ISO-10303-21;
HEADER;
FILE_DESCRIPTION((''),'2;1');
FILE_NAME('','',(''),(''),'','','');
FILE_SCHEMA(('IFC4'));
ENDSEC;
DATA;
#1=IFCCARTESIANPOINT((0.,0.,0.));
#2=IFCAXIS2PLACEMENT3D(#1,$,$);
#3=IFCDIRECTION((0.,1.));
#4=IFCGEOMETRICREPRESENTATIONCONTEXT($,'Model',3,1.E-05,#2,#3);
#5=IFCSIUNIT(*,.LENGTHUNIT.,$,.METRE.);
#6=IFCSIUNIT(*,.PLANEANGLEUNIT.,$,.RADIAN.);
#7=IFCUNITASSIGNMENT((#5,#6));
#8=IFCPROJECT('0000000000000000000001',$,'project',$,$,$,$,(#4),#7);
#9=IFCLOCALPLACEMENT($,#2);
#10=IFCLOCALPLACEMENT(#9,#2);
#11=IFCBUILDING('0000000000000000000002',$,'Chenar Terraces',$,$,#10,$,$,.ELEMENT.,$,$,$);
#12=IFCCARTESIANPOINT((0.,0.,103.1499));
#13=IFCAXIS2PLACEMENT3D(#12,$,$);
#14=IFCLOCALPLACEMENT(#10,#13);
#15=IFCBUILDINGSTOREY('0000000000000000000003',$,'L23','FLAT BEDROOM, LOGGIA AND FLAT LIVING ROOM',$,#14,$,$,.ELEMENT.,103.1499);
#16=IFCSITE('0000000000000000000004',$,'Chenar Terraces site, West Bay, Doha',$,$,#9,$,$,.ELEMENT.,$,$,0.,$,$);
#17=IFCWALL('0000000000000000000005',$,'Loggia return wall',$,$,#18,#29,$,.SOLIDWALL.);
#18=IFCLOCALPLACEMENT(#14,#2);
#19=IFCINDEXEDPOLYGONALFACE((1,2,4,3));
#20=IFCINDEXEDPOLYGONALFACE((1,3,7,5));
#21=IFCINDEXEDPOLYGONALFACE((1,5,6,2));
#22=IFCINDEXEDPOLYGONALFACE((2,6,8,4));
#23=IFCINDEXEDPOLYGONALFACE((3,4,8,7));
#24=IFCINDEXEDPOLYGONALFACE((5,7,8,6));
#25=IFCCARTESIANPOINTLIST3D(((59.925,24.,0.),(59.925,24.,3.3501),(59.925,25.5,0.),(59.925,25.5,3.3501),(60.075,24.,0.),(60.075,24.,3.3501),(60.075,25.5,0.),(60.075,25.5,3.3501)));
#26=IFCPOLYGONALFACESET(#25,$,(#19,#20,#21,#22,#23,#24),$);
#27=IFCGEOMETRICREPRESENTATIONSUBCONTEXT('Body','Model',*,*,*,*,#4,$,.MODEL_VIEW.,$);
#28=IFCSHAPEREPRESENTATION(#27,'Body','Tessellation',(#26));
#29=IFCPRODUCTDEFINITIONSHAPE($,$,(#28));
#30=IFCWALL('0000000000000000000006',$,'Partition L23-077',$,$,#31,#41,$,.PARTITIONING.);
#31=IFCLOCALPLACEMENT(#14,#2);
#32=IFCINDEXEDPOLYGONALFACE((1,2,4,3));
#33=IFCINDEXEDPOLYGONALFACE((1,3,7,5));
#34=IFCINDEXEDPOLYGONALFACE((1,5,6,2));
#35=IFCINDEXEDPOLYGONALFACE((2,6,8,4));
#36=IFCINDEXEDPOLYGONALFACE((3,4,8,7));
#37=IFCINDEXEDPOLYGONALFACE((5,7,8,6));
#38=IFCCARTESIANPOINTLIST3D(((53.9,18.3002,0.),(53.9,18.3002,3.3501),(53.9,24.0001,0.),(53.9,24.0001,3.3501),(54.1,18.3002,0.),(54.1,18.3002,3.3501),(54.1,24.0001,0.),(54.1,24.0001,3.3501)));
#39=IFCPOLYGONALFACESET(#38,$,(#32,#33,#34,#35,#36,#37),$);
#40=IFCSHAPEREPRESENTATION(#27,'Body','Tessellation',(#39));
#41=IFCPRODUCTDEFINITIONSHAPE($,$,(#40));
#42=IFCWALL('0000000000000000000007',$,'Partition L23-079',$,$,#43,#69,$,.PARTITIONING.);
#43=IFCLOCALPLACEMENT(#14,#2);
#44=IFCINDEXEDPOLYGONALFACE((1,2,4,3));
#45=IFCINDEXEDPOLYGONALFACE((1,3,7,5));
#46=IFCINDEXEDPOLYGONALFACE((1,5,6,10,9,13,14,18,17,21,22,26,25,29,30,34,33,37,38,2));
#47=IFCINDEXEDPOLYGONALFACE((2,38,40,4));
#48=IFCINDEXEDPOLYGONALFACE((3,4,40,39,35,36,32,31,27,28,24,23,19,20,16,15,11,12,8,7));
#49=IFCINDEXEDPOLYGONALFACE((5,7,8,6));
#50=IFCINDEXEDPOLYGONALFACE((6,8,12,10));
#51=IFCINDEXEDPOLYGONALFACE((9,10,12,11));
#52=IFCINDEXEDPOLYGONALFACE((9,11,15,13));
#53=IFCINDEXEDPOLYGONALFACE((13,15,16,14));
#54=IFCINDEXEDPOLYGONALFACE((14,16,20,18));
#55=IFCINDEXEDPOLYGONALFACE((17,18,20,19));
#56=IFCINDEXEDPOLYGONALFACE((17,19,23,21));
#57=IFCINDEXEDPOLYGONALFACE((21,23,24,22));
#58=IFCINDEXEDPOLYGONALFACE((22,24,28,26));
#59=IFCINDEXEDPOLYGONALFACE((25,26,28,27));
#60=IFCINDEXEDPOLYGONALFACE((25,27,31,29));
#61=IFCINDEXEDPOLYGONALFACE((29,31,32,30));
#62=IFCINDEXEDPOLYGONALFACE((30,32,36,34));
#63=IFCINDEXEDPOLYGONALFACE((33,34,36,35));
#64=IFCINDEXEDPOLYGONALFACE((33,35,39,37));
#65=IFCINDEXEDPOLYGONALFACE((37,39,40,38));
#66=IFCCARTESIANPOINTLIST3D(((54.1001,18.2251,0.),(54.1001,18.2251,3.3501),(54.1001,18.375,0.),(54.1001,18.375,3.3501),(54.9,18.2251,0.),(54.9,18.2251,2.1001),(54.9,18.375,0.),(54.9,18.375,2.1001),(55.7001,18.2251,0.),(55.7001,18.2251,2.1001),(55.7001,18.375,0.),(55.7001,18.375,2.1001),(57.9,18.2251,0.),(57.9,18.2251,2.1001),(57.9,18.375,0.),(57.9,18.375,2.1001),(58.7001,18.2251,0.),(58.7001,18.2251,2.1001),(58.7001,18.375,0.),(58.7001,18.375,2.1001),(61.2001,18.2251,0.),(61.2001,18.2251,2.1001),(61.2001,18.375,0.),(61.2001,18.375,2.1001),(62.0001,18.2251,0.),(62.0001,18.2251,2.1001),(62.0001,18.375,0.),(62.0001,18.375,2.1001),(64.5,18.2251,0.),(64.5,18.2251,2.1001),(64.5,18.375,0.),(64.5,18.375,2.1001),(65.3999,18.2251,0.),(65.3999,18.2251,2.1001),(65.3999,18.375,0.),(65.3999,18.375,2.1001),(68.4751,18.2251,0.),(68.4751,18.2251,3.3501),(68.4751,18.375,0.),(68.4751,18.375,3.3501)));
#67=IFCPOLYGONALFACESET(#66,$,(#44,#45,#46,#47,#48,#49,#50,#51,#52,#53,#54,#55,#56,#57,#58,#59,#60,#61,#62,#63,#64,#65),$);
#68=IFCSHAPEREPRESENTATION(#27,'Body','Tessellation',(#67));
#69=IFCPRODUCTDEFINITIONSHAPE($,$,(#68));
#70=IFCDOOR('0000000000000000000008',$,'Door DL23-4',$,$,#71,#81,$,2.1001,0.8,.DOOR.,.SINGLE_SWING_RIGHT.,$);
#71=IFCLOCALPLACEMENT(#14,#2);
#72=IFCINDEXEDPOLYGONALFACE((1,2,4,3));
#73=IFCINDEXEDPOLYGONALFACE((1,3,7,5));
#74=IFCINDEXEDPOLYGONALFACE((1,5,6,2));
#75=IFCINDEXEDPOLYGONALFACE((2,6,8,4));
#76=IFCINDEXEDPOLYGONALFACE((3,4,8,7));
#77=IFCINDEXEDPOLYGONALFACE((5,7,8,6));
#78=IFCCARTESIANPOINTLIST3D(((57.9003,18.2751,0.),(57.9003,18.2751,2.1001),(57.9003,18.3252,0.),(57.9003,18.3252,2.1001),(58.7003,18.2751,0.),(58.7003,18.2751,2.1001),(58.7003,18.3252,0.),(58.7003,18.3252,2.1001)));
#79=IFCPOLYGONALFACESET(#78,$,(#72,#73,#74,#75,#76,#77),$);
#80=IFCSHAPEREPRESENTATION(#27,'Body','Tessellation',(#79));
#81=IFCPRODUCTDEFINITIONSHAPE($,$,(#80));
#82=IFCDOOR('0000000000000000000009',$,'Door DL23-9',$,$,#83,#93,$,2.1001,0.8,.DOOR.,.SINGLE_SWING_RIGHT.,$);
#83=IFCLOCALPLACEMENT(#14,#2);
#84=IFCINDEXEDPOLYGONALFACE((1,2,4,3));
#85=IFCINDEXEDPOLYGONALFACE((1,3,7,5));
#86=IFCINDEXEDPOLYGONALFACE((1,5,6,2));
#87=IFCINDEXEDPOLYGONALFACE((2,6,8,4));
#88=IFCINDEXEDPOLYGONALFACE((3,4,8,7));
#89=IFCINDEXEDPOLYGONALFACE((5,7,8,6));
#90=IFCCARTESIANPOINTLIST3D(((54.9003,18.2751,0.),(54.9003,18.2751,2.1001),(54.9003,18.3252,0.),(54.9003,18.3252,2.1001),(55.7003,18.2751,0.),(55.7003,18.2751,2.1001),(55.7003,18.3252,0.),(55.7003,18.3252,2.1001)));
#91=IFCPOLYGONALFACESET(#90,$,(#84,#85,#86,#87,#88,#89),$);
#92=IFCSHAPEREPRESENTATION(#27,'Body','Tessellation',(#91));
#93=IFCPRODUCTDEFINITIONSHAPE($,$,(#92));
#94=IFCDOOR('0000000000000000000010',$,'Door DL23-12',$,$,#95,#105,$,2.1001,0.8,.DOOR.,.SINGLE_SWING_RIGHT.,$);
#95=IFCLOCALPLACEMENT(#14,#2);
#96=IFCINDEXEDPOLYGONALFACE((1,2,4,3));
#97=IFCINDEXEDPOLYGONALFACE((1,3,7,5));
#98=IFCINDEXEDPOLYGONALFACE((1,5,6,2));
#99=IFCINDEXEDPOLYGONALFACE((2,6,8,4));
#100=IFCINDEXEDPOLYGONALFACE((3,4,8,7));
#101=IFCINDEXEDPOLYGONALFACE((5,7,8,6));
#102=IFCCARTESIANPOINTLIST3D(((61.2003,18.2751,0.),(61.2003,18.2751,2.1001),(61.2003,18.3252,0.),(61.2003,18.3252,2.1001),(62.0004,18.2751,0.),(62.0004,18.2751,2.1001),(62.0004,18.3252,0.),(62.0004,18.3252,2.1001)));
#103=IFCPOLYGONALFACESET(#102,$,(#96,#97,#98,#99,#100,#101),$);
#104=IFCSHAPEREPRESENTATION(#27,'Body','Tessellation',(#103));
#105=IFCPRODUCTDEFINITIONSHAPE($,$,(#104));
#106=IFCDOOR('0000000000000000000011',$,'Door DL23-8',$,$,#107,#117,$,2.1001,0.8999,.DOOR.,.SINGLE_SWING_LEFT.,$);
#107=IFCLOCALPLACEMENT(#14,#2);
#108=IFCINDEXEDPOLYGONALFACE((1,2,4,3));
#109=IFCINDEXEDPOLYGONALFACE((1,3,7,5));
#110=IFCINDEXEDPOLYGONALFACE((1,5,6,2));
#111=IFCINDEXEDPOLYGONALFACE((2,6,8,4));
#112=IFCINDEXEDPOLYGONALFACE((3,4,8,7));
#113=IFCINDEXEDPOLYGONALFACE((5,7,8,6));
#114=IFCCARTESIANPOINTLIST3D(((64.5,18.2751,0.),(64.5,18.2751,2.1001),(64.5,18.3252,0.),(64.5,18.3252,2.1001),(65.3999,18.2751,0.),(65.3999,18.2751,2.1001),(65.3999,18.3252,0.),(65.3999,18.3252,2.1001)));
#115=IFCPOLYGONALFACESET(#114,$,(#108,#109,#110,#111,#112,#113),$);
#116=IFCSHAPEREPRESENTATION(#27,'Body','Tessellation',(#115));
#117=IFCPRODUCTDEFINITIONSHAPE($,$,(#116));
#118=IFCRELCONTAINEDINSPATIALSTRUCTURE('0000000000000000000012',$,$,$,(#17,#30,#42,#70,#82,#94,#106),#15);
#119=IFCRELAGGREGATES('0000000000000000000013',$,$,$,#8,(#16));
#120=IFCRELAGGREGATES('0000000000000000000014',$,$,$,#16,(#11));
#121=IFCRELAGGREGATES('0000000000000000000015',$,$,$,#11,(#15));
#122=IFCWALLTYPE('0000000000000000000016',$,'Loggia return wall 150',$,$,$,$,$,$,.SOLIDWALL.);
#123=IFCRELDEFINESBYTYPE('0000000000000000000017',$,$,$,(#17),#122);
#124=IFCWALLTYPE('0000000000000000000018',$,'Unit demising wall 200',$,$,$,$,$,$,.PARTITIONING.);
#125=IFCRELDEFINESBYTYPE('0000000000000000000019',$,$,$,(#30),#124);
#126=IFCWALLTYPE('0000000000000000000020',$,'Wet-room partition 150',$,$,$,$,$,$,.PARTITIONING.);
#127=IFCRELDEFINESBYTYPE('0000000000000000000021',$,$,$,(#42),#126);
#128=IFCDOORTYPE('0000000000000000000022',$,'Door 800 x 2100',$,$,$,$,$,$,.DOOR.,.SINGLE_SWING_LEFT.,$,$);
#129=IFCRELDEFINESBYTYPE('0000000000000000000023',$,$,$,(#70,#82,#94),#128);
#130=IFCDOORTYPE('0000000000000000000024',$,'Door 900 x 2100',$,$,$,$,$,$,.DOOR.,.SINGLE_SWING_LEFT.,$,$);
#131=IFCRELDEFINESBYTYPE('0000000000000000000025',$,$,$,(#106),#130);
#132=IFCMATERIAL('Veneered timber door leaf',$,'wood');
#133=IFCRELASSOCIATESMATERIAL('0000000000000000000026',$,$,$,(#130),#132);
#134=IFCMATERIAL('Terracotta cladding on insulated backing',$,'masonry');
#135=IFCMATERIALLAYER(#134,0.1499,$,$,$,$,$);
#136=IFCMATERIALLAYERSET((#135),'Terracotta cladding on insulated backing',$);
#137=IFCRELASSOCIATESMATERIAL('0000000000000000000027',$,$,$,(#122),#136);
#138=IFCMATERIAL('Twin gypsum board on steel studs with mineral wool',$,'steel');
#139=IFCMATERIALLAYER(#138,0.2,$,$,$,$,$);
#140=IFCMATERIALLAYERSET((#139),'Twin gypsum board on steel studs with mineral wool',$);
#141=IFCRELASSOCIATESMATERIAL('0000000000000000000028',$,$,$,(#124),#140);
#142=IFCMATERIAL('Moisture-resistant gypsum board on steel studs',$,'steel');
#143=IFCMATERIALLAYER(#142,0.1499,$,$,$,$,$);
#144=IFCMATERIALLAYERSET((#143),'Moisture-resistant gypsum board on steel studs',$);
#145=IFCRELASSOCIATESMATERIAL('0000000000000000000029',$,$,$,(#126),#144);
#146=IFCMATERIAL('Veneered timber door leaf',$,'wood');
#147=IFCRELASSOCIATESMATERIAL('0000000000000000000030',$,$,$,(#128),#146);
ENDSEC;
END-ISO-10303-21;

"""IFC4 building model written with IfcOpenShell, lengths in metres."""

from ifc_helpers import new_model, si_unit, direction, frame, frame_2d, origin, place, context, subcontext, project, spatial, rectangle, extrude, material, layer, layer_set, type_object, element, fill, save


model = new_model("IFC4")

# Units and contexts
model_context = context("Model", 3, precision=1e-05, world=origin(), true_north=direction((0.0, 1.0)))
body_context = subcontext(model_context, "Body", "Model", "MODEL_VIEW")
ifc_project = project(units=[si_unit("LENGTHUNIT", "METRE"), si_unit("PLANEANGLEUNIT", "RADIAN")], contexts=[model_context])

# Site, building, storey
site_placement = place(None, origin())
site = spatial("IfcSite", under=ifc_project, at=site_placement, Name="Chenar Terraces site, West Bay, Doha", CompositionType="ELEMENT", RefElevation=0.0)
building_placement = place(site_placement, origin())
building = spatial("IfcBuilding", under=site, at=building_placement, Name="Chenar Terraces", CompositionType="ELEMENT")
storey_placement = place(building_placement, frame((0.0, 0.0, 103.1499)))
storey = spatial("IfcBuildingStorey", under=building, at=storey_placement, Name="L23", Description="FLAT BEDROOM, LOGGIA AND FLAT LIVING ROOM", CompositionType="ELEMENT", Elevation=103.1499)

# Shared definitions
ifc_material_1 = material(Name="Veneered timber door leaf", Category="wood")
door_type_1 = type_object("IfcDoorType", Name="Door 900 x 2100", OperationType="SINGLE_SWING_LEFT", PredefinedType="DOOR", material=ifc_material_1)

# Walls
ifc_material_2 = material(Name="Terracotta cladding on insulated backing", Category="masonry")
ifc_layer_1 = layer(ifc_material_2, 0.1499)
ifc_layer_set_1 = layer_set([ifc_layer_1], Name="Terracotta cladding on insulated backing")
wall_type_1 = type_object("IfcWallType", Name="Loggia return wall 150", PredefinedType="SOLIDWALL", material=ifc_layer_set_1)
wall_1_placement = place(storey_placement, frame((60.0, 25.5, 0.0), z_axis=(0.0, 0.0, 1.0), x_axis=(0.0, -1.0, 0.0)))
element("IfcWall", 1, at=wall_1_placement, inside=storey, type_object=wall_type_1, Name="Loggia return wall", PredefinedType="SOLIDWALL", context=body_context, shape_type="SweptSolid", body=[
    extrude(rectangle(XDim=1.5, YDim=0.1499, at=frame_2d((0.75, 0.0))), origin(), (0.0, 0.0, 1.0), 3.3501),
])
ifc_material_3 = material(Name="Twin gypsum board on steel studs with mineral wool", Category="steel")
ifc_layer_2 = layer(ifc_material_3, 0.2)
ifc_layer_set_2 = layer_set([ifc_layer_2], Name="Twin gypsum board on steel studs with mineral wool")
wall_type_2 = type_object("IfcWallType", Name="Unit demising wall 200", PredefinedType="PARTITIONING", material=ifc_layer_set_2)
wall_2_placement = place(storey_placement, frame((54.0, 18.3, 0.0), z_axis=(0.0, 0.0, 1.0), x_axis=(0.0, 1.0, 0.0)))
element("IfcWall", 2, at=wall_2_placement, inside=storey, type_object=wall_type_2, Name="Partition L23-077", PredefinedType="PARTITIONING", context=body_context, shape_type="SweptSolid", body=[
    extrude(rectangle(XDim=5.7, YDim=0.2, at=frame_2d((2.8501, 0.0))), origin(), (0.0, 0.0, 1.0), 3.3501),
])

# Wall, openings, doors
ifc_material_4 = material(Name="Moisture-resistant gypsum board on steel studs", Category="steel")
ifc_layer_3 = layer(ifc_material_4, 0.1499)
ifc_layer_set_3 = layer_set([ifc_layer_3], Name="Moisture-resistant gypsum board on steel studs")
wall_type_3 = type_object("IfcWallType", Name="Wet-room partition 150", PredefinedType="PARTITIONING", material=ifc_layer_set_3)
wall_3_placement = place(storey_placement, frame((54.1001, 18.3, 0.0), z_axis=(0.0, 0.0, 1.0), x_axis=(1.0, 0.0, 0.0)))
wall_3 = element("IfcWall", 3, at=wall_3_placement, inside=storey, type_object=wall_type_3, Name="Partition L23-079", PredefinedType="PARTITIONING", context=body_context, shape_type="SweptSolid", body=[
    extrude(rectangle(XDim=14.375, YDim=0.1499, at=frame_2d((7.1875, 0.0))), origin(), (0.0, 0.0, 1.0), 3.3501),
])
opening_1_placement = place(wall_3_placement, frame((3.8, 0.0, 0.0)))
opening_1 = element("IfcOpeningElement", 4, at=opening_1_placement, cuts=wall_3, PredefinedType="OPENING", context=body_context, shape_type="SweptSolid", body=[
    extrude(rectangle(XDim=0.8, YDim=2.1001, at=frame_2d((0.3999, 1.05))), frame((0.0, 0.085, 0.0), z_axis=(0.0, -1.0, 0.0), x_axis=(1.0, 0.0, 0.0)), (0.0, 0.0, 1.0), 0.1699),
])
opening_2_placement = place(wall_3_placement, frame((10.3999, 0.0, 0.0)))
opening_2 = element("IfcOpeningElement", 5, at=opening_2_placement, cuts=wall_3, PredefinedType="OPENING", context=body_context, shape_type="SweptSolid", body=[
    extrude(rectangle(XDim=0.8999, YDim=2.1001, at=frame_2d((0.45, 1.05))), frame((0.0, 0.085, 0.0), z_axis=(0.0, -1.0, 0.0), x_axis=(1.0, 0.0, 0.0)), (0.0, 0.0, 1.0), 0.1699),
])
opening_3_placement = place(wall_3_placement, frame((0.8, 0.0, 0.0)))
opening_3 = element("IfcOpeningElement", 6, at=opening_3_placement, cuts=wall_3, PredefinedType="OPENING", context=body_context, shape_type="SweptSolid", body=[
    extrude(rectangle(XDim=0.8, YDim=2.1001, at=frame_2d((0.3999, 1.05))), frame((0.0, 0.085, 0.0), z_axis=(0.0, -1.0, 0.0), x_axis=(1.0, 0.0, 0.0)), (0.0, 0.0, 1.0), 0.1699),
])
opening_4_placement = place(wall_3_placement, frame((7.1001, 0.0, 0.0)))
opening_4 = element("IfcOpeningElement", 7, at=opening_4_placement, cuts=wall_3, PredefinedType="OPENING", context=body_context, shape_type="SweptSolid", body=[
    extrude(rectangle(XDim=0.8, YDim=2.1001, at=frame_2d((0.3999, 1.05))), frame((0.0, 0.085, 0.0), z_axis=(0.0, -1.0, 0.0), x_axis=(1.0, 0.0, 0.0)), (0.0, 0.0, 1.0), 0.1699),
])
ifc_material_5 = material(Name="Veneered timber door leaf", Category="wood")
door_type_2 = type_object("IfcDoorType", Name="Door 800 x 2100", OperationType="SINGLE_SWING_LEFT", PredefinedType="DOOR", material=ifc_material_5)
door_1_placement = place(opening_1_placement, frame((0.8, 0.0, 0.0), z_axis=(0.0, 0.0, 1.0), x_axis=(-1.0, 0.0, 0.0)))
door_1 = element("IfcDoor", 8, at=door_1_placement, inside=storey, type_object=door_type_2, Name="Door DL23-4", OperationType="SINGLE_SWING_RIGHT", OverallHeight=2.1001, OverallWidth=0.8, PredefinedType="DOOR", context=body_context, shape_type="SweptSolid", body=[
    extrude(rectangle(XDim=0.8, YDim=2.1001, at=frame_2d((0.3999, 1.05))), frame((0.0, 0.0249, 0.0), z_axis=(0.0, -1.0, 0.0), x_axis=(1.0, 0.0, 0.0)), (0.0, 0.0, 1.0), 0.05),
])
fill(opening_1, door_1)
door_2_placement = place(opening_3_placement, frame((0.8, 0.0, 0.0), z_axis=(0.0, 0.0, 1.0), x_axis=(-1.0, 0.0, 0.0)))
door_2 = element("IfcDoor", 9, at=door_2_placement, inside=storey, type_object=door_type_2, Name="Door DL23-9", OperationType="SINGLE_SWING_RIGHT", OverallHeight=2.1001, OverallWidth=0.8, PredefinedType="DOOR", context=body_context, shape_type="SweptSolid", body=[
    extrude(rectangle(XDim=0.8, YDim=2.1001, at=frame_2d((0.3999, 1.05))), frame((0.0, 0.0249, 0.0), z_axis=(0.0, -1.0, 0.0), x_axis=(1.0, 0.0, 0.0)), (0.0, 0.0, 1.0), 0.05),
])
fill(opening_3, door_2)
door_3_placement = place(opening_4_placement, frame((0.8, 0.0, 0.0), z_axis=(0.0, 0.0, 1.0), x_axis=(-1.0, 0.0, 0.0)))
door_3 = element("IfcDoor", 10, at=door_3_placement, inside=storey, type_object=door_type_2, Name="Door DL23-12", OperationType="SINGLE_SWING_RIGHT", OverallHeight=2.1001, OverallWidth=0.8, PredefinedType="DOOR", context=body_context, shape_type="SweptSolid", body=[
    extrude(rectangle(XDim=0.8, YDim=2.1001, at=frame_2d((0.3999, 1.05))), frame((0.0, 0.0249, 0.0), z_axis=(0.0, -1.0, 0.0), x_axis=(1.0, 0.0, 0.0)), (0.0, 0.0, 1.0), 0.05),
])
fill(opening_4, door_3)
door_4_placement = place(opening_2_placement, frame((0.8999, 0.0, 0.0), z_axis=(0.0, 0.0, 1.0), x_axis=(-1.0, 0.0, 0.0)))
door_4 = element("IfcDoor", 11, at=door_4_placement, inside=storey, type_object=door_type_1, Name="Door DL23-8", OperationType="SINGLE_SWING_LEFT", OverallHeight=2.1001, OverallWidth=0.8999, PredefinedType="DOOR", context=body_context, shape_type="SweptSolid", body=[
    extrude(rectangle(XDim=0.8999, YDim=2.1001, at=frame_2d((0.45, 1.05))), frame((0.0, 0.0249, 0.0), z_axis=(0.0, -1.0, 0.0), x_axis=(1.0, 0.0, 0.0)), (0.0, 0.0, 1.0), 0.05),
])
fill(opening_2, door_4)

save(model, "model.ifc")
